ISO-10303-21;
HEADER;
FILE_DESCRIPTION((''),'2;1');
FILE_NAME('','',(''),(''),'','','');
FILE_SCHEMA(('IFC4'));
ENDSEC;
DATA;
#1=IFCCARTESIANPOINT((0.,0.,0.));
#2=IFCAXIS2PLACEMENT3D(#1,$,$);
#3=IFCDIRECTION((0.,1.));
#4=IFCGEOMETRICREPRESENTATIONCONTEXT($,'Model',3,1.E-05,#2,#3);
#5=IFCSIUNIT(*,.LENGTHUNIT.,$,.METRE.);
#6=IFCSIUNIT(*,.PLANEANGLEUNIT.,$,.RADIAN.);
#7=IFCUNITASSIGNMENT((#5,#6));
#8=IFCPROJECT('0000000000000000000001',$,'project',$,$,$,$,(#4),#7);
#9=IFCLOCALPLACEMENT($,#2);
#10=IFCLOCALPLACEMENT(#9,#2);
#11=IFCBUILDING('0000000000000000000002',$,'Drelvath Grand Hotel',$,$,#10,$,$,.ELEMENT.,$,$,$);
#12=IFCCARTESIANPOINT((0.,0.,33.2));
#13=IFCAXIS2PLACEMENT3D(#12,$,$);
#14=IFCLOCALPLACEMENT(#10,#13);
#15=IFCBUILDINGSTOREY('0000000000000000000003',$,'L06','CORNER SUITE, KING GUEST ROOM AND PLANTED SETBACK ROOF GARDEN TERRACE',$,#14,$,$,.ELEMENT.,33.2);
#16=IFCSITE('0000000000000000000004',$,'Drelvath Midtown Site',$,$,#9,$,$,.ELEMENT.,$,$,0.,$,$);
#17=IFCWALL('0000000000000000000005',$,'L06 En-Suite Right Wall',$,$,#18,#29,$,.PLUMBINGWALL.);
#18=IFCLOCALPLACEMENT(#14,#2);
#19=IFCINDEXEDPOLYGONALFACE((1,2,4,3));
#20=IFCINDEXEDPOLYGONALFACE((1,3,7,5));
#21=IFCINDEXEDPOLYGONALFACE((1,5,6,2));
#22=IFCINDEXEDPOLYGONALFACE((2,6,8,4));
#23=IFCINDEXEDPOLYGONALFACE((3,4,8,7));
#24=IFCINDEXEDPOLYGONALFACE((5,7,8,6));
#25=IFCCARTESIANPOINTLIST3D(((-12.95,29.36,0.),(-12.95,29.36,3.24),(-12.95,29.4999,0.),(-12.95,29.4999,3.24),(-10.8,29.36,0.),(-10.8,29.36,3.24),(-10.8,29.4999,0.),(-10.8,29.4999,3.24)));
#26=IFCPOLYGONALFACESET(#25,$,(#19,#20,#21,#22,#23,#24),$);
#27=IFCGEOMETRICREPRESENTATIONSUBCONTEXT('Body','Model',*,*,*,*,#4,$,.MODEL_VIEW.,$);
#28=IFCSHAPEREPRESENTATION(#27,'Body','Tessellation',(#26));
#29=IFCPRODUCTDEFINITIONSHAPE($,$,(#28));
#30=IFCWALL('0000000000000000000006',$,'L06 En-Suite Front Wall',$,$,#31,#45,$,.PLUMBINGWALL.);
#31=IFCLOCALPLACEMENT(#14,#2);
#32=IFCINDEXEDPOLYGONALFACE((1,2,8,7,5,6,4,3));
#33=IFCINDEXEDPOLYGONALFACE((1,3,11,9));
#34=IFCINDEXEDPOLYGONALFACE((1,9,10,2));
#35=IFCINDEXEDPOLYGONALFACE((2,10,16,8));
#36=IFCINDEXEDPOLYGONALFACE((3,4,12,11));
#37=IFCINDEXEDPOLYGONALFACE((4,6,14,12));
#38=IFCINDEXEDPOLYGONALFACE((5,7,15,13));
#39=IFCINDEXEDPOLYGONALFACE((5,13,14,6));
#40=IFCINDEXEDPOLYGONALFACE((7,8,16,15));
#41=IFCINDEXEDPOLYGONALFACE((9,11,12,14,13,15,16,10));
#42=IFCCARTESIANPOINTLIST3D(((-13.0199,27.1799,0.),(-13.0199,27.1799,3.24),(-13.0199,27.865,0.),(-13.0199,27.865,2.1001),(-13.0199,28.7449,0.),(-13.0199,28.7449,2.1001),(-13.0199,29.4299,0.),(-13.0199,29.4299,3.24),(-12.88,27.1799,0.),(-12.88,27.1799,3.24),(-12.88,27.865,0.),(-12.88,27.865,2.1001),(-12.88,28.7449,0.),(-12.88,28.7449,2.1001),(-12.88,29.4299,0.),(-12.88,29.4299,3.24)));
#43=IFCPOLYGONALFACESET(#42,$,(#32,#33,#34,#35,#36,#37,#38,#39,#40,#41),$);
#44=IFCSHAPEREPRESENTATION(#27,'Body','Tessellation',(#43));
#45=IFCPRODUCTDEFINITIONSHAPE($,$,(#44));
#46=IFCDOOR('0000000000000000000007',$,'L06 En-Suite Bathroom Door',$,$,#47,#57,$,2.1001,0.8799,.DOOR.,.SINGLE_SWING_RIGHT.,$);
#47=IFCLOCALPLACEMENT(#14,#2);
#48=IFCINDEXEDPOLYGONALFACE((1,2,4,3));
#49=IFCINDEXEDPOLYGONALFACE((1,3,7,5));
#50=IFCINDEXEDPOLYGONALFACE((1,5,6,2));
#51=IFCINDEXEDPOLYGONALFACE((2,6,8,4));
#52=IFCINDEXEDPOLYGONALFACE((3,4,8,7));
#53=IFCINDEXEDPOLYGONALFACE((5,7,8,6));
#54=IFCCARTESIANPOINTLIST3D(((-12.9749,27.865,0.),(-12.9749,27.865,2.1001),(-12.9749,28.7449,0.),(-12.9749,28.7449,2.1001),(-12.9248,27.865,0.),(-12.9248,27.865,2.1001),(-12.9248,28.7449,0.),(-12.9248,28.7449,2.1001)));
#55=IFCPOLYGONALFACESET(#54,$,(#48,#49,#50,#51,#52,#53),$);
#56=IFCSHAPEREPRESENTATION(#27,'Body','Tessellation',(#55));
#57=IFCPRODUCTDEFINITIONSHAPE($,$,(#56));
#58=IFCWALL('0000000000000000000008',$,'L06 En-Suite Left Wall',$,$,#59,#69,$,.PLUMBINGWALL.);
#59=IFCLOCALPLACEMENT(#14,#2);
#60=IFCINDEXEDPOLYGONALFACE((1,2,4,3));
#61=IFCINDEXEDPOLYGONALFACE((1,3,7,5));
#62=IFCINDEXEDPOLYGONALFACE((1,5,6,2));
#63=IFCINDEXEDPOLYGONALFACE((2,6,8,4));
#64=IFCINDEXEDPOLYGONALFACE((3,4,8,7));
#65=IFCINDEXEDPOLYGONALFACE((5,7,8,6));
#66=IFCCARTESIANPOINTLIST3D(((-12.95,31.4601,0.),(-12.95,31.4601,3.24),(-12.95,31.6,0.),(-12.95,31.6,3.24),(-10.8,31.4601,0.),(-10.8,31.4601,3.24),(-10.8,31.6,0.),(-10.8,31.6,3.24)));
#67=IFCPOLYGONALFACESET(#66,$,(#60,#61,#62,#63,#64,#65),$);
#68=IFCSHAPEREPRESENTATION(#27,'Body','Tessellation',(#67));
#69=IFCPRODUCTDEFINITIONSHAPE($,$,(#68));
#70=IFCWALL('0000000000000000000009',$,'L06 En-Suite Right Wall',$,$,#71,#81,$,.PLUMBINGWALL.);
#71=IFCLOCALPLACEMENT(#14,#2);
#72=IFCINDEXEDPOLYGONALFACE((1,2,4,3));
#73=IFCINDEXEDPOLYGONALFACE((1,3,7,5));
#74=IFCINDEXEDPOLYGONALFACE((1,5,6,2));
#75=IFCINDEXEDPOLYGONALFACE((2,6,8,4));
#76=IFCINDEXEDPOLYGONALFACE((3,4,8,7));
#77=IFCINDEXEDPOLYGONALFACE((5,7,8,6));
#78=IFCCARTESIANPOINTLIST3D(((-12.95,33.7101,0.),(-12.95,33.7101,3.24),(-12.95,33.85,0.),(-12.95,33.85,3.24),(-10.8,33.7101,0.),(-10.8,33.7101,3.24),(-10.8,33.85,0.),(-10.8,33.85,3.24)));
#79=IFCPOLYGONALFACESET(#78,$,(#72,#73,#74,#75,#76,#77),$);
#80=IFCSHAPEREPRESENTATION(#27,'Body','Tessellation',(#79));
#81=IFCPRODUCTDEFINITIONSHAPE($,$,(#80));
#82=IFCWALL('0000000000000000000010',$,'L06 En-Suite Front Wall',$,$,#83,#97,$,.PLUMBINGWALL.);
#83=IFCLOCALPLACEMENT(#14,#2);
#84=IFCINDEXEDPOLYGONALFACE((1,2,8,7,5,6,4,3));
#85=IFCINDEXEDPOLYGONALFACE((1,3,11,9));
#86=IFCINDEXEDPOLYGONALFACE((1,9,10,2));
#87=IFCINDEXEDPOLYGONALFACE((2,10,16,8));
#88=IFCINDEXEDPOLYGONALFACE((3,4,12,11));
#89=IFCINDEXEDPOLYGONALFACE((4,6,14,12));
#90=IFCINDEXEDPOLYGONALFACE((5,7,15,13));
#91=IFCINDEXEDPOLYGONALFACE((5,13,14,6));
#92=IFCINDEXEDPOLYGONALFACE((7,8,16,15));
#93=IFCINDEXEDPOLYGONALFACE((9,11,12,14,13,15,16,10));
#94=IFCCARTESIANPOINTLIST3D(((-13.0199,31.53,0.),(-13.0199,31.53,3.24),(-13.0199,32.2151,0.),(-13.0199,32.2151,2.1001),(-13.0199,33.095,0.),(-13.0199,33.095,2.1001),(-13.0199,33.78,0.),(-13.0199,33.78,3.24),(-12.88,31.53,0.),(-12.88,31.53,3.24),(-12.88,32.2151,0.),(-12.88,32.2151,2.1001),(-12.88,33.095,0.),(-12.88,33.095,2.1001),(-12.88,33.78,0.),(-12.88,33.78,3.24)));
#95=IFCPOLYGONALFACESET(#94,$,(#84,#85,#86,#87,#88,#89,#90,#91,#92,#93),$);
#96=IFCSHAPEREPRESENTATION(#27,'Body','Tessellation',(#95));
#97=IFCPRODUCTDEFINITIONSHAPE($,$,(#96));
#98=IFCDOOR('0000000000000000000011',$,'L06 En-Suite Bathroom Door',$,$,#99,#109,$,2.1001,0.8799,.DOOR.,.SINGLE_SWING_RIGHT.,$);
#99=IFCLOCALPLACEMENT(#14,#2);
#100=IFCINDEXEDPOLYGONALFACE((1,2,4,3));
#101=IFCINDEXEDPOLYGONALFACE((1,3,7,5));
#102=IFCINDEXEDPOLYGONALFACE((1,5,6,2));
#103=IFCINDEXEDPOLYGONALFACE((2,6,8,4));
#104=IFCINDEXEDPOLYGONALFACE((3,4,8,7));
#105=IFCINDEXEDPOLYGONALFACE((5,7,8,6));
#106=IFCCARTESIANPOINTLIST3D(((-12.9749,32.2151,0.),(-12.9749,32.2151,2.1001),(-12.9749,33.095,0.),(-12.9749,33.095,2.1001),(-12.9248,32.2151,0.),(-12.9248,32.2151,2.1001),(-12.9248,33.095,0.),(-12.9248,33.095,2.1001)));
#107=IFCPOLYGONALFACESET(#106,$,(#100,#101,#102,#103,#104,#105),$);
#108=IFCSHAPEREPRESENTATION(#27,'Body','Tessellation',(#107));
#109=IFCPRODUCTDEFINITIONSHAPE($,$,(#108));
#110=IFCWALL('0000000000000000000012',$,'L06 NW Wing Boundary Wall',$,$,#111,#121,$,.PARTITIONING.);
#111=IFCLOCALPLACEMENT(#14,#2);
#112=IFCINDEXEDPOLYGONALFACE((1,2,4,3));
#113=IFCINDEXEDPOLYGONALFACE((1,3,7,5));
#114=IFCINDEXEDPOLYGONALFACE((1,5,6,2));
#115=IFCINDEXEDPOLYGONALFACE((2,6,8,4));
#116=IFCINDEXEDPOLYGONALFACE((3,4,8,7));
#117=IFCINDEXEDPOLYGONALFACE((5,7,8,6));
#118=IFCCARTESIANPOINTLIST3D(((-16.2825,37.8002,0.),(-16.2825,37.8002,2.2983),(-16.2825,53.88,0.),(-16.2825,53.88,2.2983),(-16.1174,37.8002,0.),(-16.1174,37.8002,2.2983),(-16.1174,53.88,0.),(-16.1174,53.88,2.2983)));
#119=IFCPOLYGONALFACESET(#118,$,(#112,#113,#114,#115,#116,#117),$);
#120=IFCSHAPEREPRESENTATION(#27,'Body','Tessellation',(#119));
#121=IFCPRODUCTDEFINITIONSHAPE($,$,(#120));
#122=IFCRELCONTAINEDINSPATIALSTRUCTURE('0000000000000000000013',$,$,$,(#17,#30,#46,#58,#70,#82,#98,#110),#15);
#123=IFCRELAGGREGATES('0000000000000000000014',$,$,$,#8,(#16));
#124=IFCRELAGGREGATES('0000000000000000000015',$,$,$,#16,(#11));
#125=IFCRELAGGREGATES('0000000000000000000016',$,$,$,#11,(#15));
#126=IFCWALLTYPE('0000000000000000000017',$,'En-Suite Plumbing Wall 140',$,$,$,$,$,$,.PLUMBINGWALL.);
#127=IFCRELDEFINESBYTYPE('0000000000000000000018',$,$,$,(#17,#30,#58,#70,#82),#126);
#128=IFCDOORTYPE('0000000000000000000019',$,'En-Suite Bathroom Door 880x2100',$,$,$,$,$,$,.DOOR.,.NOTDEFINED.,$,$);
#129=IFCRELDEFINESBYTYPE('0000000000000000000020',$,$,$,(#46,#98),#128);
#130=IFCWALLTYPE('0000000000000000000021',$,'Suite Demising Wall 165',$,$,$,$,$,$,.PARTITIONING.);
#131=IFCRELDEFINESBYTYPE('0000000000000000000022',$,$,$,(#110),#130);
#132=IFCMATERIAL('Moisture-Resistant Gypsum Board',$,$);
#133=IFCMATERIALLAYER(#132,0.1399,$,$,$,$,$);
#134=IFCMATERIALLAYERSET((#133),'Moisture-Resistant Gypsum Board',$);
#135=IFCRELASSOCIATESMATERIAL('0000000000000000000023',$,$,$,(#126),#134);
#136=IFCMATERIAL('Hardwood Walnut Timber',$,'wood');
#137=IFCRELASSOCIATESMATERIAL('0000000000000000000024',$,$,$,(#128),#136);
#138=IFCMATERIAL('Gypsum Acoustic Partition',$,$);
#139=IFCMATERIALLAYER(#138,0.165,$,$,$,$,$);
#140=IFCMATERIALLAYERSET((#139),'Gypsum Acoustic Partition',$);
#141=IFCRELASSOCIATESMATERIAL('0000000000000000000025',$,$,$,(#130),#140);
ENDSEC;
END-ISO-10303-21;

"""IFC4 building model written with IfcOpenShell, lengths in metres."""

from ifc_helpers import new_model, si_unit, direction, frame, frame_2d, origin, place, context, subcontext, project, spatial, rectangle, extrude, material, layer, layer_set, type_object, element, fill, save


model = new_model("IFC4")

# Units and contexts
model_context = context("Model", 3, precision=1e-05, world=origin(), true_north=direction((0.0, 1.0)))
body_context = subcontext(model_context, "Body", "Model", "MODEL_VIEW")
ifc_project = project(units=[si_unit("LENGTHUNIT", "METRE"), si_unit("PLANEANGLEUNIT", "RADIAN")], contexts=[model_context])

# Site, building, storey
site_placement = place(None, origin())
site = spatial("IfcSite", under=ifc_project, at=site_placement, Name="Drelvath Midtown Site", CompositionType="ELEMENT", RefElevation=0.0)
building_placement = place(site_placement, origin())
building = spatial("IfcBuilding", under=site, at=building_placement, Name="Drelvath Grand Hotel", CompositionType="ELEMENT")
storey_placement = place(building_placement, frame((0.0, 0.0, 33.2)))
storey = spatial("IfcBuildingStorey", under=building, at=storey_placement, Name="L06", Description="CORNER SUITE, KING GUEST ROOM AND PLANTED SETBACK ROOF GARDEN TERRACE", CompositionType="ELEMENT", Elevation=33.2)

# Shared definitions
ifc_material_1 = material(Name="Hardwood Walnut Timber", Category="wood")

# Wall
ifc_material_2 = material(Name="Moisture-Resistant Gypsum Board")
ifc_layer_1 = layer(ifc_material_2, 0.1399)
ifc_layer_set_1 = layer_set([ifc_layer_1], Name="Moisture-Resistant Gypsum Board")
wall_type_1 = type_object("IfcWallType", Name="En-Suite Plumbing Wall 140", PredefinedType="PLUMBINGWALL", material=ifc_layer_set_1)
wall_1_placement = place(storey_placement, frame((-10.8, 29.4299, 0.0), z_axis=(0.0, 0.0, 1.0), x_axis=(-1.0, 0.0, 0.0)))
element("IfcWall", 1, at=wall_1_placement, inside=storey, type_object=wall_type_1, Name="L06 En-Suite Right Wall", PredefinedType="PLUMBINGWALL", context=body_context, shape_type="SweptSolid", body=[
    extrude(rectangle(XDim=2.1499, YDim=0.1399, at=frame_2d((1.075, 0.0))), origin(), (0.0, 0.0, 1.0), 3.24),
])

# Wall, opening, door
wall_2_placement = place(storey_placement, frame((-12.95, 27.1799, 0.0), z_axis=(0.0, 0.0, 1.0), x_axis=(0.0, 1.0, 0.0)))
wall_2 = element("IfcWall", 2, at=wall_2_placement, inside=storey, type_object=wall_type_1, Name="L06 En-Suite Front Wall", PredefinedType="PLUMBINGWALL", context=body_context, shape_type="SweptSolid", body=[
    extrude(rectangle(XDim=2.25, YDim=0.1399, at=frame_2d((1.125, 0.0))), origin(), (0.0, 0.0, 1.0), 3.24),
])
opening_1_placement = place(wall_2_placement, frame((0.6851, 0.0, 0.0)))
opening_1 = element("IfcOpeningElement", 3, at=opening_1_placement, cuts=wall_2, PredefinedType="OPENING", context=body_context, shape_type="SweptSolid", body=[
    extrude(rectangle(XDim=0.8799, YDim=2.1001, at=frame_2d((0.4399, 1.05))), frame((0.0, 0.0798, 0.0), z_axis=(0.0, -1.0, 0.0), x_axis=(1.0, 0.0, 0.0)), (0.0, 0.0, 1.0), 0.1599),
])
door_type_1 = type_object("IfcDoorType", Name="En-Suite Bathroom Door 880x2100", OperationType="NOTDEFINED", PredefinedType="DOOR", material=ifc_material_1)
door_1_placement = place(opening_1_placement, origin())
door_1 = element("IfcDoor", 4, at=door_1_placement, inside=storey, type_object=door_type_1, Name="L06 En-Suite Bathroom Door", OperationType="SINGLE_SWING_RIGHT", OverallHeight=2.1001, OverallWidth=0.8799, PredefinedType="DOOR", context=body_context, shape_type="SweptSolid", body=[
    extrude(rectangle(XDim=0.8799, YDim=2.1001, at=frame_2d((0.4399, 1.05))), frame((0.0, 0.0249, 0.0), z_axis=(0.0, -1.0, 0.0), x_axis=(1.0, 0.0, 0.0)), (0.0, 0.0, 1.0), 0.05),
])
fill(opening_1, door_1)

# Walls
for number, where, z_axis, x_axis, name in (
    (5, (-10.8, 31.53, 0.0), (0.0, 0.0, 1.0), (-1.0, 0.0, 0.0), "L06 En-Suite Left Wall"),
    (6, (-10.8, 33.78, 0.0), (0.0, 0.0, 1.0), (-1.0, 0.0, 0.0), "L06 En-Suite Right Wall"),
):
    element("IfcWall", number, at=place(storey_placement, frame(where, z_axis=z_axis, x_axis=x_axis)), inside=storey, type_object=wall_type_1, Name=name, PredefinedType="PLUMBINGWALL", context=body_context, shape_type="SweptSolid", body=[
        extrude(rectangle(XDim=2.1499, YDim=0.1399, at=frame_2d((1.075, 0.0))), origin(), (0.0, 0.0, 1.0), 3.24),
    ])

# Wall, opening, door
wall_3_placement = place(storey_placement, frame((-12.95, 31.53, 0.0), z_axis=(0.0, 0.0, 1.0), x_axis=(0.0, 1.0, 0.0)))
wall_3 = element("IfcWall", 7, at=wall_3_placement, inside=storey, type_object=wall_type_1, Name="L06 En-Suite Front Wall", PredefinedType="PLUMBINGWALL", context=body_context, shape_type="SweptSolid", body=[
    extrude(rectangle(XDim=2.25, YDim=0.1399, at=frame_2d((1.125, 0.0))), origin(), (0.0, 0.0, 1.0), 3.24),
])
opening_2_placement = place(wall_3_placement, frame((0.6851, 0.0, 0.0)))
opening_2 = element("IfcOpeningElement", 8, at=opening_2_placement, cuts=wall_3, PredefinedType="OPENING", context=body_context, shape_type="SweptSolid", body=[
    extrude(rectangle(XDim=0.8799, YDim=2.1001, at=frame_2d((0.4399, 1.05))), frame((0.0, 0.0798, 0.0), z_axis=(0.0, -1.0, 0.0), x_axis=(1.0, 0.0, 0.0)), (0.0, 0.0, 1.0), 0.1599),
])
door_2_placement = place(opening_2_placement, origin())
door_2 = element("IfcDoor", 9, at=door_2_placement, inside=storey, type_object=door_type_1, Name="L06 En-Suite Bathroom Door", OperationType="SINGLE_SWING_RIGHT", OverallHeight=2.1001, OverallWidth=0.8799, PredefinedType="DOOR", context=body_context, shape_type="SweptSolid", body=[
    extrude(rectangle(XDim=0.8799, YDim=2.1001, at=frame_2d((0.4399, 1.05))), frame((0.0, 0.0249, 0.0), z_axis=(0.0, -1.0, 0.0), x_axis=(1.0, 0.0, 0.0)), (0.0, 0.0, 1.0), 0.05),
])
fill(opening_2, door_2)

# Wall
ifc_material_3 = material(Name="Gypsum Acoustic Partition")
ifc_layer_2 = layer(ifc_material_3, 0.165)
ifc_layer_set_2 = layer_set([ifc_layer_2], Name="Gypsum Acoustic Partition")
wall_type_2 = type_object("IfcWallType", Name="Suite Demising Wall 165", PredefinedType="PARTITIONING", material=ifc_layer_set_2)
wall_4_placement = place(storey_placement, frame((-16.2, 37.8, 0.0), z_axis=(0.0, 0.0, 1.0), x_axis=(0.0, 1.0, 0.0)))
element("IfcWall", 10, at=wall_4_placement, inside=storey, type_object=wall_type_2, Name="L06 NW Wing Boundary Wall", PredefinedType="PARTITIONING", context=body_context, shape_type="SweptSolid", body=[
    extrude(rectangle(XDim=16.0798, YDim=0.165, at=frame_2d((8.04, 0.0))), origin(), (0.0, 0.0, 1.0), 2.2983),
])

save(model, "model.ifc")
